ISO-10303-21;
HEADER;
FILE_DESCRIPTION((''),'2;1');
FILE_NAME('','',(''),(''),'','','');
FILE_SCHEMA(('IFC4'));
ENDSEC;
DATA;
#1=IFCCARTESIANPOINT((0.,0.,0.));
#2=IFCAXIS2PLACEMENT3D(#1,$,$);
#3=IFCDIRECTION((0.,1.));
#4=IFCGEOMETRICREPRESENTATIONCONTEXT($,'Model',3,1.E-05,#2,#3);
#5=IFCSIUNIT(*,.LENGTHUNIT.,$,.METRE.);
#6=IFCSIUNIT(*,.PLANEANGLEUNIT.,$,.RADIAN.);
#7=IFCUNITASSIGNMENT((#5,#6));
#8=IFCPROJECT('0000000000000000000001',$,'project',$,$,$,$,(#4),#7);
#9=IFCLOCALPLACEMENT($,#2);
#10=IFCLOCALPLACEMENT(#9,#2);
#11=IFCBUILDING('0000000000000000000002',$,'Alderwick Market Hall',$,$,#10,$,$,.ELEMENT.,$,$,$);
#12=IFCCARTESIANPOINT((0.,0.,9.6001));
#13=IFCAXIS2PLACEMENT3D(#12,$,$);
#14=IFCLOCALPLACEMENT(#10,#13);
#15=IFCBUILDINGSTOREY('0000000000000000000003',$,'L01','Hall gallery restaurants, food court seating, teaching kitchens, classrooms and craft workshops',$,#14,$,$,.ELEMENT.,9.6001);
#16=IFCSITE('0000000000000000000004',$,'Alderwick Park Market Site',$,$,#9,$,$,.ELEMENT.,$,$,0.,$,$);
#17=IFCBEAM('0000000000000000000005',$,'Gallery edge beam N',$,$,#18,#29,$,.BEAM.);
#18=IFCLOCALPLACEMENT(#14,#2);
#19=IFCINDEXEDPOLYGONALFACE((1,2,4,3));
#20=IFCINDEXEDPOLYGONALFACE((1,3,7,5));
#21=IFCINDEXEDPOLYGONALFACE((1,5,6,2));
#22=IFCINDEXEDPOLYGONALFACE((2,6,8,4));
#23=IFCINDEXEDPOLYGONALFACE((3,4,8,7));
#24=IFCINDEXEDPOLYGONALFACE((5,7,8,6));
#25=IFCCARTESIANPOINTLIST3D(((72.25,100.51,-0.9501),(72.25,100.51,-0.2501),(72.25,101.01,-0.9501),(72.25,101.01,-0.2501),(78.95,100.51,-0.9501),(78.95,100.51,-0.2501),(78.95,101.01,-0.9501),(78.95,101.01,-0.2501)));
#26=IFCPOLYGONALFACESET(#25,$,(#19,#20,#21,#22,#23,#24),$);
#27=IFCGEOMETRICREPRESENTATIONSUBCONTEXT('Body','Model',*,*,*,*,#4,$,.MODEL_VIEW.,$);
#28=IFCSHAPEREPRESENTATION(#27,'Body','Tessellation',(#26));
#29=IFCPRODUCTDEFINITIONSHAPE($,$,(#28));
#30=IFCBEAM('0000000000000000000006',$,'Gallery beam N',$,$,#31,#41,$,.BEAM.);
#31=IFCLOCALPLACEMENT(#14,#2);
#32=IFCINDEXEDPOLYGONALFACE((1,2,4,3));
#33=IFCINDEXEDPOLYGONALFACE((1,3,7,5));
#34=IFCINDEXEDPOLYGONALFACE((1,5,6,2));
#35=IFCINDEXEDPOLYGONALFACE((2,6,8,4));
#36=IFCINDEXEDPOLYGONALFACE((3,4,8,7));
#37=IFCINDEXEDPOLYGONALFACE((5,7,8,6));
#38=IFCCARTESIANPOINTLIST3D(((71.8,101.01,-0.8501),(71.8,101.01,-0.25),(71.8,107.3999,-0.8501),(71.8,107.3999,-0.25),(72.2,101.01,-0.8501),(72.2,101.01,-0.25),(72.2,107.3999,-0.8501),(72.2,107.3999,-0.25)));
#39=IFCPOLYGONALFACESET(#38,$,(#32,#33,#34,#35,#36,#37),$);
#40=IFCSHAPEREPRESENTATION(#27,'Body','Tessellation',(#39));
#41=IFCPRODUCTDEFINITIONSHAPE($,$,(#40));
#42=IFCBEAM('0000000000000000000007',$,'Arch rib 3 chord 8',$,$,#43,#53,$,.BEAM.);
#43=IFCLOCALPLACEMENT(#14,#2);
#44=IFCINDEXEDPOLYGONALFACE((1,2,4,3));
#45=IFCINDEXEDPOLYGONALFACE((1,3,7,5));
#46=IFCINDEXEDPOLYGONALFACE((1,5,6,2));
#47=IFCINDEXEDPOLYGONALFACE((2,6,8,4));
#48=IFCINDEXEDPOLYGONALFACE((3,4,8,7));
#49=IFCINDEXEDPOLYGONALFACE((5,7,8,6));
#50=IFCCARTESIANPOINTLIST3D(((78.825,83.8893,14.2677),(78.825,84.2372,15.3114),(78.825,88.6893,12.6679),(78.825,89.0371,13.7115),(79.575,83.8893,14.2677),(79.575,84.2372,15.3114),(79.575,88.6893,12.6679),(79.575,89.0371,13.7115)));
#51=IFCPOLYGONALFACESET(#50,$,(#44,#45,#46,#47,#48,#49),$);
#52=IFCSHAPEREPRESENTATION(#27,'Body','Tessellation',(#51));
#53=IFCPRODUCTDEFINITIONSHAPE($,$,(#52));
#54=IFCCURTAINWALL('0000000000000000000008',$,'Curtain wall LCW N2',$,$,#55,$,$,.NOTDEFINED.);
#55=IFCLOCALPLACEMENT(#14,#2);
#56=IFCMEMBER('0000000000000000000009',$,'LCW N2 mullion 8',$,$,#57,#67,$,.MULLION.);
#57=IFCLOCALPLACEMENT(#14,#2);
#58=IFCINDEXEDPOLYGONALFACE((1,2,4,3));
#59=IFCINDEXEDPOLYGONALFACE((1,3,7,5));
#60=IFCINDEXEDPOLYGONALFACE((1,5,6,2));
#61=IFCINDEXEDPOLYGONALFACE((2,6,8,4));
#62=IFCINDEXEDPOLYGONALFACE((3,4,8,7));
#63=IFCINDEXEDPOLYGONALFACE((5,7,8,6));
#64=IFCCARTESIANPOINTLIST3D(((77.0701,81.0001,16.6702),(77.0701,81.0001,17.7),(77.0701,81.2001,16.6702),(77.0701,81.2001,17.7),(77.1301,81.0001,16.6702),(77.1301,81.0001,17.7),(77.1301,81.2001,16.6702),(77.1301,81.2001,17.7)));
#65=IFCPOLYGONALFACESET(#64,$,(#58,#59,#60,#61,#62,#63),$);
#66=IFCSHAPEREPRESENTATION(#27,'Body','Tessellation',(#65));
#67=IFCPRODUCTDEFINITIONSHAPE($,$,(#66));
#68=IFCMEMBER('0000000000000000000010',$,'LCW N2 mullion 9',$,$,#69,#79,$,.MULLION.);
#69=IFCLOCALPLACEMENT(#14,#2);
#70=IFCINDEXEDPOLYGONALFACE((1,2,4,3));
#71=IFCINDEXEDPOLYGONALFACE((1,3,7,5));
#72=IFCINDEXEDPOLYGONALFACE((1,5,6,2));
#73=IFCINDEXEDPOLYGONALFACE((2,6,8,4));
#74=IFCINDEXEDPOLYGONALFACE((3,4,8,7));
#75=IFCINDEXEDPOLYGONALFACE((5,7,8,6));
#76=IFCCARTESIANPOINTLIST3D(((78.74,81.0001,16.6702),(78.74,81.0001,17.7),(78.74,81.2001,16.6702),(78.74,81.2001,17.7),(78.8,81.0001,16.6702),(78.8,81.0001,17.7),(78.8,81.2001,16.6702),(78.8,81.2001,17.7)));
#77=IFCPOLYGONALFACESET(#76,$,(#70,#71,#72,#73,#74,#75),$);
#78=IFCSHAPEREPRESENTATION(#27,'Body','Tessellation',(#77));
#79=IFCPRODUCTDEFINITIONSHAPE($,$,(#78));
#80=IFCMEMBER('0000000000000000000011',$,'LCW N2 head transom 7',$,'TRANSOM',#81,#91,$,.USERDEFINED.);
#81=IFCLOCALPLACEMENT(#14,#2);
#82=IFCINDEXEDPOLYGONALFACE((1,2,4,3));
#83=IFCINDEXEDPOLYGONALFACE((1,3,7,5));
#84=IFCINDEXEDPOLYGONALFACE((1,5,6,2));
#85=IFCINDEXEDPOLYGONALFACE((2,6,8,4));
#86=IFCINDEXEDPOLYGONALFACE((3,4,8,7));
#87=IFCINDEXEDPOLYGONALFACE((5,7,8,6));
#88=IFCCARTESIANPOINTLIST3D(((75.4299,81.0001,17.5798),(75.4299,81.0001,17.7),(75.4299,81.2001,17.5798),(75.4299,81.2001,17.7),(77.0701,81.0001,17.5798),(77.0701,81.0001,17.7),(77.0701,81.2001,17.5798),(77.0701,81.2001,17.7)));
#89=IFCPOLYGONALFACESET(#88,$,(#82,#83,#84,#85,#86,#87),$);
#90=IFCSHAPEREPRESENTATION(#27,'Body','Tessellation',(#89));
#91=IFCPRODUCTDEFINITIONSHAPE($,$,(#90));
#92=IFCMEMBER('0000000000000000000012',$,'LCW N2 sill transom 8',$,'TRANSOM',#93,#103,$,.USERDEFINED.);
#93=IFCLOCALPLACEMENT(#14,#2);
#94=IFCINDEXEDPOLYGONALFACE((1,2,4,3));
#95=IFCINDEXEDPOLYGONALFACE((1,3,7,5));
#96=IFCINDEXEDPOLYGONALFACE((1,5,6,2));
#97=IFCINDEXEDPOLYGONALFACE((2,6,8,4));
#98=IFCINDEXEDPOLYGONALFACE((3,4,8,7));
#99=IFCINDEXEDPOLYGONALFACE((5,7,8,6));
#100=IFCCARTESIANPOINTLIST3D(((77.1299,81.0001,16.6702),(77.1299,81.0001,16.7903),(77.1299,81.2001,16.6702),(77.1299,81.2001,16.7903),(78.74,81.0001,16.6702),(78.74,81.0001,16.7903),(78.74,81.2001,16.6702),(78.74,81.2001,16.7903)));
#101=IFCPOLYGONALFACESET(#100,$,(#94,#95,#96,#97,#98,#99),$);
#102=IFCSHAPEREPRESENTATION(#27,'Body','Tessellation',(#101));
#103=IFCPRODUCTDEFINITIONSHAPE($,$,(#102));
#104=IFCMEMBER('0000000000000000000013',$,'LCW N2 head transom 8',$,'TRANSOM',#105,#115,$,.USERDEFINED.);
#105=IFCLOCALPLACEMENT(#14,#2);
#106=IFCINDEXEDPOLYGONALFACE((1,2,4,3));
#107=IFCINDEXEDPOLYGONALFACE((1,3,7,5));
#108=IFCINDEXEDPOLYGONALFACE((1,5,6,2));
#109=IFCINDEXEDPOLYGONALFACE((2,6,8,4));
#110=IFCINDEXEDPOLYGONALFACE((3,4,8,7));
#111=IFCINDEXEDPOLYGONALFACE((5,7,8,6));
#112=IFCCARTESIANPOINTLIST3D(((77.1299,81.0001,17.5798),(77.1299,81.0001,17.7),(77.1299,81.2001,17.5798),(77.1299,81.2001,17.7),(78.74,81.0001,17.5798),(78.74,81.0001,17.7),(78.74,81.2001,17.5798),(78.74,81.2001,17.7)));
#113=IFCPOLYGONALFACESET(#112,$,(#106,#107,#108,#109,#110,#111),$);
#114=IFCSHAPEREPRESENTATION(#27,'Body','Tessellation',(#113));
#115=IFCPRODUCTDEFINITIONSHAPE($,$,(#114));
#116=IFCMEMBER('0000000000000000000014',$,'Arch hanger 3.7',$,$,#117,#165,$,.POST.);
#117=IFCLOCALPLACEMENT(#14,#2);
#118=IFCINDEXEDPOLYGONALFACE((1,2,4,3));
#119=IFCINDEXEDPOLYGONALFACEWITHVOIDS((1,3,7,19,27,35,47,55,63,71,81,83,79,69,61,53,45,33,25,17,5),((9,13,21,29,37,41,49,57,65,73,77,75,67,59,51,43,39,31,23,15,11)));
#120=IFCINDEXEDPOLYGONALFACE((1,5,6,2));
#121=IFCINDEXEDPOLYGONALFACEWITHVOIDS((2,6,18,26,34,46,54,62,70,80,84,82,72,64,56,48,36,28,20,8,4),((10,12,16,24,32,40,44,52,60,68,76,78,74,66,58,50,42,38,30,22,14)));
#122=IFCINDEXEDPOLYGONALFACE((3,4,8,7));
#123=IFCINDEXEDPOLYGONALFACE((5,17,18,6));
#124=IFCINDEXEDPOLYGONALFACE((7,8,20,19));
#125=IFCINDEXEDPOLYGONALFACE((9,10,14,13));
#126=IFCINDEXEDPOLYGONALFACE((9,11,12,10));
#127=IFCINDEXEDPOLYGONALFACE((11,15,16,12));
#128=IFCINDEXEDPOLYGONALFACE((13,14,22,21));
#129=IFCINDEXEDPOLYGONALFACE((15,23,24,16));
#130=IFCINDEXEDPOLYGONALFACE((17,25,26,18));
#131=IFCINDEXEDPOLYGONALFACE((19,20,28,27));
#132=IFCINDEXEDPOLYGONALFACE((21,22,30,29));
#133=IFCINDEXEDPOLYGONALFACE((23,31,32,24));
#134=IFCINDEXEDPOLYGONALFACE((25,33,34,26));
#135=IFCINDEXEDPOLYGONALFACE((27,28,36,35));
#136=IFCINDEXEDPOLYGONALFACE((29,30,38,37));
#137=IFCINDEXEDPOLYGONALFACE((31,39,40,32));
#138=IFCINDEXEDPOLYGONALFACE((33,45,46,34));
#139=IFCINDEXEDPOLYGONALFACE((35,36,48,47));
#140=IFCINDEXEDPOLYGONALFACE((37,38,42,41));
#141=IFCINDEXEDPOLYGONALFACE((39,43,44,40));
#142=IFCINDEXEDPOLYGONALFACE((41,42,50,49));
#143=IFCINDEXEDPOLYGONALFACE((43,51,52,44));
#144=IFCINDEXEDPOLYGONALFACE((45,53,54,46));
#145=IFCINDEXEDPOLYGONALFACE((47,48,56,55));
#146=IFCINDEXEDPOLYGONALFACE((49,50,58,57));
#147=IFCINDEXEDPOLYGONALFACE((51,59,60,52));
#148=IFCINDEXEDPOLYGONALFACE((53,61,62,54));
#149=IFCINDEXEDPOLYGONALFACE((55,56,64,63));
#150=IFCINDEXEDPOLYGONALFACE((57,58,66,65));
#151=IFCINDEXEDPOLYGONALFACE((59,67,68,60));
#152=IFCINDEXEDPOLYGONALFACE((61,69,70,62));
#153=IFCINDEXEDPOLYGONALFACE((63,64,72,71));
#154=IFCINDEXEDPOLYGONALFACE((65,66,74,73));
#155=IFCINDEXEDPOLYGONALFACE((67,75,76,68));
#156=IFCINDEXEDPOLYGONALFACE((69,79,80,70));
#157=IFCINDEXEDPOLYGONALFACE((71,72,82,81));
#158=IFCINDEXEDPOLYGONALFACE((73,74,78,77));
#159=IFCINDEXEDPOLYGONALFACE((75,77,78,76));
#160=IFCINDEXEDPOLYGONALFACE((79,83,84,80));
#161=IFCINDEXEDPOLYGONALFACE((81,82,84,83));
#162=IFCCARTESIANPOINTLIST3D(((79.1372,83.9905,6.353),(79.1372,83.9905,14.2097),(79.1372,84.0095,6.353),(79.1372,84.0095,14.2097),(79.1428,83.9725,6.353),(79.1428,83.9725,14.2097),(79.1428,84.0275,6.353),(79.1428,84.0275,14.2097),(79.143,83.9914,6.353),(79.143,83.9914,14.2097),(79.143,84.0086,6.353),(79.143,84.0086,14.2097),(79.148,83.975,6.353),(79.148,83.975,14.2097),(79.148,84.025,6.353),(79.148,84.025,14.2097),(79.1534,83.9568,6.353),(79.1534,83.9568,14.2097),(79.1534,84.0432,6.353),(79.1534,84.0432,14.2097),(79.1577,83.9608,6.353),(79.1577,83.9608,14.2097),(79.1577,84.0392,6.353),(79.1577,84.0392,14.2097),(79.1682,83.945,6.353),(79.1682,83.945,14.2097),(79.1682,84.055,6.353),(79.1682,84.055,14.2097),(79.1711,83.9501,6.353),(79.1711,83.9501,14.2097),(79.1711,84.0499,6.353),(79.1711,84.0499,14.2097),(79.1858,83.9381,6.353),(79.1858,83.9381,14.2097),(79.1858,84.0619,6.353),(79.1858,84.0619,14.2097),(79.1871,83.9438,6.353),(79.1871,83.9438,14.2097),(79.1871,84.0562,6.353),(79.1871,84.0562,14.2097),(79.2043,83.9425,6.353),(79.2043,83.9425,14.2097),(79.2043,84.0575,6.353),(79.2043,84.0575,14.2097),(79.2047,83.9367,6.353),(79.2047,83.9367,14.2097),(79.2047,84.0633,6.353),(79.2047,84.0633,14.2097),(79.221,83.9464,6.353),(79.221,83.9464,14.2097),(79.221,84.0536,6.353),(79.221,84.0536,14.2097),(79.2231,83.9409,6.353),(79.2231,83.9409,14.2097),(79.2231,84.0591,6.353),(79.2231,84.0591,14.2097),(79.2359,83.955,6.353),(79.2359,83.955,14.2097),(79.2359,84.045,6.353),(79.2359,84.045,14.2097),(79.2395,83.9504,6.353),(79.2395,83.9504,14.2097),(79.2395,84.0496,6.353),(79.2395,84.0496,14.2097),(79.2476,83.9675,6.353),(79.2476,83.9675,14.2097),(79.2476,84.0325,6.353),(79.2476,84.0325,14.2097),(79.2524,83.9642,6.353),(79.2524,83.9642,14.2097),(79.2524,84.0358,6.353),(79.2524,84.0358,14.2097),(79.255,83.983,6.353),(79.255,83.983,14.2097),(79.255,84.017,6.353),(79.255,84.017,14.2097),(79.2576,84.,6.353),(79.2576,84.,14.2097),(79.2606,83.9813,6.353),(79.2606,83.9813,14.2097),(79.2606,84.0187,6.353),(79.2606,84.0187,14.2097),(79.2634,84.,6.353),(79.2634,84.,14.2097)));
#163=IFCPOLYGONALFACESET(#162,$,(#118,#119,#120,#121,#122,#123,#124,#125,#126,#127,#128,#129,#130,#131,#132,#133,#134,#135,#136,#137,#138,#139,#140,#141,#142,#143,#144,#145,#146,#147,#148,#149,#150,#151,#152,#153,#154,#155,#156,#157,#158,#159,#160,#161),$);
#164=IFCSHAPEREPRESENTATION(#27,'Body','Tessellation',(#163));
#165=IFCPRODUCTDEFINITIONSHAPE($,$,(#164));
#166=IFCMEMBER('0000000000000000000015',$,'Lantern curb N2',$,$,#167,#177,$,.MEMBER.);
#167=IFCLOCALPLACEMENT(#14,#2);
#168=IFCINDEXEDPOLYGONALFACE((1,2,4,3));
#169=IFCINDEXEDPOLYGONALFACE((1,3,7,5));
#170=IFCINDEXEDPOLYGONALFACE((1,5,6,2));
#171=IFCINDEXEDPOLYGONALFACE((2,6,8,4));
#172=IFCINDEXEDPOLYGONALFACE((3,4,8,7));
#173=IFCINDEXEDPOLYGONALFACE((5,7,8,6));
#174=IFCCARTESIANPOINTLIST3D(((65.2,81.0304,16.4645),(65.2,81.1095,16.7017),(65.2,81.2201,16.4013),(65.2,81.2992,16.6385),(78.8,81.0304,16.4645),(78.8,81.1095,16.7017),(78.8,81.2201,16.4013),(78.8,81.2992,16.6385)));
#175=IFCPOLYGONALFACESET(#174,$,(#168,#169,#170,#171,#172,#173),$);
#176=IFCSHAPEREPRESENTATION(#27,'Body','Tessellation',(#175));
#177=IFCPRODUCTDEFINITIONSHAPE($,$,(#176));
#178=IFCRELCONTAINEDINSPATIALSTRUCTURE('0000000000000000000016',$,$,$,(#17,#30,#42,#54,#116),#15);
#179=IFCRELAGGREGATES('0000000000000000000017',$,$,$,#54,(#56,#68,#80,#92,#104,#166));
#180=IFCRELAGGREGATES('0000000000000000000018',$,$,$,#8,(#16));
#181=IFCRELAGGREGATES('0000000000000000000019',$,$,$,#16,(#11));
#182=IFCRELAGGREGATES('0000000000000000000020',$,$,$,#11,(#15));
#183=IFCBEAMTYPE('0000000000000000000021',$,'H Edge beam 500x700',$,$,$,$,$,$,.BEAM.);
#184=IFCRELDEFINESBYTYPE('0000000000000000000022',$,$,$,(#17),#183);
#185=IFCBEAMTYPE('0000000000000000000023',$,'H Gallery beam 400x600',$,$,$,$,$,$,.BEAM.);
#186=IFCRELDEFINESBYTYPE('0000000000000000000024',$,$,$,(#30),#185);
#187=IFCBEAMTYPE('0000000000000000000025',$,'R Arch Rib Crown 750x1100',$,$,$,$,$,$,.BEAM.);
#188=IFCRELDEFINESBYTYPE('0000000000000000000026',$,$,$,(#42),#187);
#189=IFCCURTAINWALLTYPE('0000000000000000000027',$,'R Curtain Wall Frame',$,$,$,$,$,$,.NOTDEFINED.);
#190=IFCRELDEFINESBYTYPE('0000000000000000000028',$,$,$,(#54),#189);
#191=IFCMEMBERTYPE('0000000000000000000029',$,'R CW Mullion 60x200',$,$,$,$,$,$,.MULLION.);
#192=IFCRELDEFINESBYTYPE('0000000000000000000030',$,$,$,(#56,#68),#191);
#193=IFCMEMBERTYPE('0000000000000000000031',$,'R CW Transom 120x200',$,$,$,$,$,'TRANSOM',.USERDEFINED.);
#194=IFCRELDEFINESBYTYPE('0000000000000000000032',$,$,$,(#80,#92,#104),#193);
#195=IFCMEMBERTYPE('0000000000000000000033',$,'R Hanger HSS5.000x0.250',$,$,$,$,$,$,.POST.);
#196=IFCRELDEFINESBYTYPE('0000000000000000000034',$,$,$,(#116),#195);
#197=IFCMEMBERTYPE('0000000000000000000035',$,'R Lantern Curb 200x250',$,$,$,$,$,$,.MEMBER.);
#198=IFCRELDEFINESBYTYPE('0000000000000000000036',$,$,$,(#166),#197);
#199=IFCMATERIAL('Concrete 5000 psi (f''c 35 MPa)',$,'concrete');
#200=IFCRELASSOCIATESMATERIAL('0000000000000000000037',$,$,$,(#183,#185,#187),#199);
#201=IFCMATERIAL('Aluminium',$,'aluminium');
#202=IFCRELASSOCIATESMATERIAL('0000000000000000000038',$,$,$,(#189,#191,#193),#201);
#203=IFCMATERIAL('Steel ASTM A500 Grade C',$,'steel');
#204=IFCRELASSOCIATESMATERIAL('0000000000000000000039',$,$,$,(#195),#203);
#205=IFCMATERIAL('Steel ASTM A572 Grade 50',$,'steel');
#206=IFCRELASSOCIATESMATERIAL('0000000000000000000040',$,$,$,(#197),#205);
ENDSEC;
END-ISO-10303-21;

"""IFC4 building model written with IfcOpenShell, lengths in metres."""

from ifc_helpers import new_model, si_unit, direction, frame, origin, origin_2d, place, context, subcontext, project, spatial, rectangle, hollow_circle, extrude, material, material_profile, profile_set, type_object, element, aggregate, save


model = new_model("IFC4")

# Units and contexts
model_context = context("Model", 3, precision=1e-05, world=origin(), true_north=direction((0.0, 1.0)))
body_context = subcontext(model_context, "Body", "Model", "MODEL_VIEW")
ifc_project = project(units=[si_unit("LENGTHUNIT", "METRE"), si_unit("PLANEANGLEUNIT", "RADIAN")], contexts=[model_context])

# Site, building, storey
site_placement = place(None, origin())
site = spatial("IfcSite", under=ifc_project, at=site_placement, Name="Alderwick Park Market Site", CompositionType="ELEMENT", RefElevation=0.0)
building_placement = place(site_placement, origin())
building = spatial("IfcBuilding", under=site, at=building_placement, Name="Alderwick Market Hall", CompositionType="ELEMENT")
storey_placement = place(building_placement, frame((0.0, 0.0, 9.6001)))
storey = spatial("IfcBuildingStorey", under=building, at=storey_placement, Name="L01", Description="Hall gallery restaurants, food court seating, teaching kitchens, classrooms and craft workshops", CompositionType="ELEMENT", Elevation=9.6001)

# Beams
ifc_material_1 = material(Name="Concrete 5000 psi (f'c 35 MPa)", Category="concrete")
ifc_material_profile_1 = material_profile(ifc_material_1, rectangle(XDim=0.5, YDim=0.7, at=origin_2d()), Name="RC 500x700")
ifc_profile_set_1 = profile_set([ifc_material_profile_1], Name="Concrete 5000 psi (f'c 35 MPa)")
beam_type_1 = type_object("IfcBeamType", Name="H Edge beam 500x700", PredefinedType="BEAM", material=ifc_profile_set_1)
beam_1_placement = place(storey_placement, frame((72.25, 100.76, -0.6001), z_axis=(1.0, 0.0, 0.0), x_axis=(0.0, 1.0, 0.0)))
element("IfcBeam", 1, at=beam_1_placement, inside=storey, type_object=beam_type_1, Name="Gallery edge beam N", PredefinedType="BEAM", context=body_context, shape_type="SweptSolid", body=[
    extrude(rectangle(XDim=0.5, YDim=0.7, at=origin_2d()), origin(), (0.0, 0.0, 1.0), 6.7),
])
ifc_material_profile_2 = material_profile(ifc_material_1, rectangle(XDim=0.3999, YDim=0.6001, at=origin_2d()), Name="RC 400x600")
ifc_profile_set_2 = profile_set([ifc_material_profile_2], Name="Concrete 5000 psi (f'c 35 MPa)")
beam_type_2 = type_object("IfcBeamType", Name="H Gallery beam 400x600", PredefinedType="BEAM", material=ifc_profile_set_2)
beam_2_placement = place(storey_placement, frame((72.0, 107.3999, -0.55), z_axis=(0.0, -1.0, 0.0), x_axis=(1.0, 0.0, 0.0)))
element("IfcBeam", 2, at=beam_2_placement, inside=storey, type_object=beam_type_2, Name="Gallery beam N", PredefinedType="BEAM", context=body_context, shape_type="SweptSolid", body=[
    extrude(rectangle(XDim=0.3999, YDim=0.6001, at=origin_2d()), origin(), (0.0, 0.0, 1.0), 6.3899),
])
ifc_material_profile_3 = material_profile(ifc_material_1, rectangle(XDim=0.75, YDim=1.1001, at=origin_2d()), Name="RC 750x1100")
ifc_profile_set_3 = profile_set([ifc_material_profile_3], Name="Concrete 5000 psi (f'c 35 MPa)")
beam_type_3 = type_object("IfcBeamType", Name="R Arch Rib Crown 750x1100", PredefinedType="BEAM", material=ifc_profile_set_3)
beam_3_placement = place(storey_placement, frame((79.2, 84.0632, 14.7896), z_axis=(0.0, 0.948693, -0.316199), x_axis=(-1.0, 0.0, 0.0)))
element("IfcBeam", 3, at=beam_3_placement, inside=storey, type_object=beam_type_3, Name="Arch rib 3 chord 8", PredefinedType="BEAM", context=body_context, shape_type="SweptSolid", body=[
    extrude(rectangle(XDim=0.75, YDim=1.1001, at=origin_2d()), origin(), (0.0, 0.0, 1.0), 5.0596),
])

# Curtain wall, members
ifc_material_2 = material(Name="Aluminium", Category="aluminium")
curtain_wall_type = type_object("IfcCurtainWallType", Name="R Curtain Wall Frame", PredefinedType="NOTDEFINED", material=ifc_material_2)
curtain_wall_placement = place(storey_placement, origin())
curtain_wall = element("IfcCurtainWall", 4, at=curtain_wall_placement, inside=storey, type_object=curtain_wall_type, Name="Curtain wall LCW N2", PredefinedType="NOTDEFINED")
ifc_material_profile_4 = material_profile(ifc_material_2, rectangle(XDim=0.2, YDim=0.0601, at=origin_2d()), Name="AL 60x200")
ifc_profile_set_4 = profile_set([ifc_material_profile_4], Name="Aluminium")
member_type_1 = type_object("IfcMemberType", Name="R CW Mullion 60x200", PredefinedType="MULLION", material=ifc_profile_set_4)
member_1_placement = place(storey_placement, frame((77.1001, 81.1001, 16.6702), z_axis=(0.0, 0.0, 1.0), x_axis=(0.0, 1.0, 0.0)))
member_1 = element("IfcMember", 5, at=member_1_placement, type_object=member_type_1, Name="LCW N2 mullion 8", PredefinedType="MULLION", context=body_context, shape_type="SweptSolid", body=[
    extrude(rectangle(XDim=0.2, YDim=0.0601, at=origin_2d()), origin(), (0.0, 0.0, 1.0), 1.0298),
])
member_2_placement = place(storey_placement, frame((78.77, 81.1001, 16.6702), z_axis=(0.0, 0.0, 1.0), x_axis=(0.0, 1.0, 0.0)))
member_2 = element("IfcMember", 6, at=member_2_placement, type_object=member_type_1, Name="LCW N2 mullion 9", PredefinedType="MULLION", context=body_context, shape_type="SweptSolid", body=[
    extrude(rectangle(XDim=0.2, YDim=0.0601, at=origin_2d()), origin(), (0.0, 0.0, 1.0), 1.0298),
])
ifc_material_profile_5 = material_profile(ifc_material_2, rectangle(XDim=0.2, YDim=0.1201, at=origin_2d()), Name="AL 120x200")
ifc_profile_set_5 = profile_set([ifc_material_profile_5], Name="Aluminium")
member_type_2 = type_object("IfcMemberType", Name="R CW Transom 120x200", ElementType="TRANSOM", PredefinedType="USERDEFINED", material=ifc_profile_set_5)
member_3_placement = place(storey_placement, frame((75.4299, 81.1001, 17.6399), z_axis=(1.0, 0.0, 0.0), x_axis=(0.0, 1.0, 0.0)))
member_3 = element("IfcMember", 7, at=member_3_placement, type_object=member_type_2, Name="LCW N2 head transom 7", ObjectType="TRANSOM", PredefinedType="USERDEFINED", context=body_context, shape_type="SweptSolid", body=[
    extrude(rectangle(XDim=0.2, YDim=0.1201, at=origin_2d()), origin(), (0.0, 0.0, 1.0), 1.6401),
])
member_4_placement = place(storey_placement, frame((77.1299, 81.1001, 16.7302), z_axis=(1.0, 0.0, 0.0), x_axis=(0.0, 1.0, 0.0)))
member_4 = element("IfcMember", 8, at=member_4_placement, type_object=member_type_2, Name="LCW N2 sill transom 8", ObjectType="TRANSOM", PredefinedType="USERDEFINED", context=body_context, shape_type="SweptSolid", body=[
    extrude(rectangle(XDim=0.2, YDim=0.1201, at=origin_2d()), origin(), (0.0, 0.0, 1.0), 1.6101),
])
member_5_placement = place(storey_placement, frame((77.1299, 81.1001, 17.6399), z_axis=(1.0, 0.0, 0.0), x_axis=(0.0, 1.0, 0.0)))
member_5 = element("IfcMember", 9, at=member_5_placement, type_object=member_type_2, Name="LCW N2 head transom 8", ObjectType="TRANSOM", PredefinedType="USERDEFINED", context=body_context, shape_type="SweptSolid", body=[
    extrude(rectangle(XDim=0.2, YDim=0.1201, at=origin_2d()), origin(), (0.0, 0.0, 1.0), 1.6101),
])

# Members
ifc_material_3 = material(Name="Steel ASTM A500 Grade C", Category="steel")
ifc_material_profile_6 = material_profile(ifc_material_3, hollow_circle(Radius=0.0635, WallThickness=0.0059, at=origin_2d()), Name="HSS5.000x0.250")
ifc_profile_set_6 = profile_set([ifc_material_profile_6], Name="Steel ASTM A500 Grade C")
member_type_3 = type_object("IfcMemberType", Name="R Hanger HSS5.000x0.250", PredefinedType="POST", material=ifc_profile_set_6)
member_6_placement = place(storey_placement, frame((79.2, 84.0, 6.353), z_axis=(0.0, 0.0, 1.0), x_axis=(1.0, 0.0, 0.0)))
element("IfcMember", 10, at=member_6_placement, inside=storey, type_object=member_type_3, Name="Arch hanger 3.7", PredefinedType="POST", context=body_context, shape_type="SweptSolid", body=[
    extrude(hollow_circle(Radius=0.0635, WallThickness=0.0059, at=origin_2d()), origin(), (0.0, 0.0, 1.0), 7.8567),
])
ifc_material_4 = material(Name="Steel ASTM A572 Grade 50", Category="steel")
ifc_material_profile_7 = material_profile(ifc_material_4, rectangle(XDim=0.2, YDim=0.25, at=origin_2d()), Name="Steel plate curb 200x250")
ifc_profile_set_7 = profile_set([ifc_material_profile_7], Name="Steel ASTM A572 Grade 50")
member_type_4 = type_object("IfcMemberType", Name="R Lantern Curb 200x250", PredefinedType="MEMBER", material=ifc_profile_set_7)
member_7_placement = place(storey_placement, frame((65.2, 81.1648, 16.5515), z_axis=(1.0, 0.0, 0.0), x_axis=(0.0, 0.948683, -0.316228)))
member_7 = element("IfcMember", 11, at=member_7_placement, type_object=member_type_4, Name="Lantern curb N2", PredefinedType="MEMBER", context=body_context, shape_type="SweptSolid", body=[
    extrude(rectangle(XDim=0.2, YDim=0.25, at=origin_2d()), origin(), (0.0, 0.0, 1.0), 13.6001),
])

aggregate(curtain_wall, [member_1, member_2, member_3, member_4, member_5, member_7])

save(model, "model.ifc")
